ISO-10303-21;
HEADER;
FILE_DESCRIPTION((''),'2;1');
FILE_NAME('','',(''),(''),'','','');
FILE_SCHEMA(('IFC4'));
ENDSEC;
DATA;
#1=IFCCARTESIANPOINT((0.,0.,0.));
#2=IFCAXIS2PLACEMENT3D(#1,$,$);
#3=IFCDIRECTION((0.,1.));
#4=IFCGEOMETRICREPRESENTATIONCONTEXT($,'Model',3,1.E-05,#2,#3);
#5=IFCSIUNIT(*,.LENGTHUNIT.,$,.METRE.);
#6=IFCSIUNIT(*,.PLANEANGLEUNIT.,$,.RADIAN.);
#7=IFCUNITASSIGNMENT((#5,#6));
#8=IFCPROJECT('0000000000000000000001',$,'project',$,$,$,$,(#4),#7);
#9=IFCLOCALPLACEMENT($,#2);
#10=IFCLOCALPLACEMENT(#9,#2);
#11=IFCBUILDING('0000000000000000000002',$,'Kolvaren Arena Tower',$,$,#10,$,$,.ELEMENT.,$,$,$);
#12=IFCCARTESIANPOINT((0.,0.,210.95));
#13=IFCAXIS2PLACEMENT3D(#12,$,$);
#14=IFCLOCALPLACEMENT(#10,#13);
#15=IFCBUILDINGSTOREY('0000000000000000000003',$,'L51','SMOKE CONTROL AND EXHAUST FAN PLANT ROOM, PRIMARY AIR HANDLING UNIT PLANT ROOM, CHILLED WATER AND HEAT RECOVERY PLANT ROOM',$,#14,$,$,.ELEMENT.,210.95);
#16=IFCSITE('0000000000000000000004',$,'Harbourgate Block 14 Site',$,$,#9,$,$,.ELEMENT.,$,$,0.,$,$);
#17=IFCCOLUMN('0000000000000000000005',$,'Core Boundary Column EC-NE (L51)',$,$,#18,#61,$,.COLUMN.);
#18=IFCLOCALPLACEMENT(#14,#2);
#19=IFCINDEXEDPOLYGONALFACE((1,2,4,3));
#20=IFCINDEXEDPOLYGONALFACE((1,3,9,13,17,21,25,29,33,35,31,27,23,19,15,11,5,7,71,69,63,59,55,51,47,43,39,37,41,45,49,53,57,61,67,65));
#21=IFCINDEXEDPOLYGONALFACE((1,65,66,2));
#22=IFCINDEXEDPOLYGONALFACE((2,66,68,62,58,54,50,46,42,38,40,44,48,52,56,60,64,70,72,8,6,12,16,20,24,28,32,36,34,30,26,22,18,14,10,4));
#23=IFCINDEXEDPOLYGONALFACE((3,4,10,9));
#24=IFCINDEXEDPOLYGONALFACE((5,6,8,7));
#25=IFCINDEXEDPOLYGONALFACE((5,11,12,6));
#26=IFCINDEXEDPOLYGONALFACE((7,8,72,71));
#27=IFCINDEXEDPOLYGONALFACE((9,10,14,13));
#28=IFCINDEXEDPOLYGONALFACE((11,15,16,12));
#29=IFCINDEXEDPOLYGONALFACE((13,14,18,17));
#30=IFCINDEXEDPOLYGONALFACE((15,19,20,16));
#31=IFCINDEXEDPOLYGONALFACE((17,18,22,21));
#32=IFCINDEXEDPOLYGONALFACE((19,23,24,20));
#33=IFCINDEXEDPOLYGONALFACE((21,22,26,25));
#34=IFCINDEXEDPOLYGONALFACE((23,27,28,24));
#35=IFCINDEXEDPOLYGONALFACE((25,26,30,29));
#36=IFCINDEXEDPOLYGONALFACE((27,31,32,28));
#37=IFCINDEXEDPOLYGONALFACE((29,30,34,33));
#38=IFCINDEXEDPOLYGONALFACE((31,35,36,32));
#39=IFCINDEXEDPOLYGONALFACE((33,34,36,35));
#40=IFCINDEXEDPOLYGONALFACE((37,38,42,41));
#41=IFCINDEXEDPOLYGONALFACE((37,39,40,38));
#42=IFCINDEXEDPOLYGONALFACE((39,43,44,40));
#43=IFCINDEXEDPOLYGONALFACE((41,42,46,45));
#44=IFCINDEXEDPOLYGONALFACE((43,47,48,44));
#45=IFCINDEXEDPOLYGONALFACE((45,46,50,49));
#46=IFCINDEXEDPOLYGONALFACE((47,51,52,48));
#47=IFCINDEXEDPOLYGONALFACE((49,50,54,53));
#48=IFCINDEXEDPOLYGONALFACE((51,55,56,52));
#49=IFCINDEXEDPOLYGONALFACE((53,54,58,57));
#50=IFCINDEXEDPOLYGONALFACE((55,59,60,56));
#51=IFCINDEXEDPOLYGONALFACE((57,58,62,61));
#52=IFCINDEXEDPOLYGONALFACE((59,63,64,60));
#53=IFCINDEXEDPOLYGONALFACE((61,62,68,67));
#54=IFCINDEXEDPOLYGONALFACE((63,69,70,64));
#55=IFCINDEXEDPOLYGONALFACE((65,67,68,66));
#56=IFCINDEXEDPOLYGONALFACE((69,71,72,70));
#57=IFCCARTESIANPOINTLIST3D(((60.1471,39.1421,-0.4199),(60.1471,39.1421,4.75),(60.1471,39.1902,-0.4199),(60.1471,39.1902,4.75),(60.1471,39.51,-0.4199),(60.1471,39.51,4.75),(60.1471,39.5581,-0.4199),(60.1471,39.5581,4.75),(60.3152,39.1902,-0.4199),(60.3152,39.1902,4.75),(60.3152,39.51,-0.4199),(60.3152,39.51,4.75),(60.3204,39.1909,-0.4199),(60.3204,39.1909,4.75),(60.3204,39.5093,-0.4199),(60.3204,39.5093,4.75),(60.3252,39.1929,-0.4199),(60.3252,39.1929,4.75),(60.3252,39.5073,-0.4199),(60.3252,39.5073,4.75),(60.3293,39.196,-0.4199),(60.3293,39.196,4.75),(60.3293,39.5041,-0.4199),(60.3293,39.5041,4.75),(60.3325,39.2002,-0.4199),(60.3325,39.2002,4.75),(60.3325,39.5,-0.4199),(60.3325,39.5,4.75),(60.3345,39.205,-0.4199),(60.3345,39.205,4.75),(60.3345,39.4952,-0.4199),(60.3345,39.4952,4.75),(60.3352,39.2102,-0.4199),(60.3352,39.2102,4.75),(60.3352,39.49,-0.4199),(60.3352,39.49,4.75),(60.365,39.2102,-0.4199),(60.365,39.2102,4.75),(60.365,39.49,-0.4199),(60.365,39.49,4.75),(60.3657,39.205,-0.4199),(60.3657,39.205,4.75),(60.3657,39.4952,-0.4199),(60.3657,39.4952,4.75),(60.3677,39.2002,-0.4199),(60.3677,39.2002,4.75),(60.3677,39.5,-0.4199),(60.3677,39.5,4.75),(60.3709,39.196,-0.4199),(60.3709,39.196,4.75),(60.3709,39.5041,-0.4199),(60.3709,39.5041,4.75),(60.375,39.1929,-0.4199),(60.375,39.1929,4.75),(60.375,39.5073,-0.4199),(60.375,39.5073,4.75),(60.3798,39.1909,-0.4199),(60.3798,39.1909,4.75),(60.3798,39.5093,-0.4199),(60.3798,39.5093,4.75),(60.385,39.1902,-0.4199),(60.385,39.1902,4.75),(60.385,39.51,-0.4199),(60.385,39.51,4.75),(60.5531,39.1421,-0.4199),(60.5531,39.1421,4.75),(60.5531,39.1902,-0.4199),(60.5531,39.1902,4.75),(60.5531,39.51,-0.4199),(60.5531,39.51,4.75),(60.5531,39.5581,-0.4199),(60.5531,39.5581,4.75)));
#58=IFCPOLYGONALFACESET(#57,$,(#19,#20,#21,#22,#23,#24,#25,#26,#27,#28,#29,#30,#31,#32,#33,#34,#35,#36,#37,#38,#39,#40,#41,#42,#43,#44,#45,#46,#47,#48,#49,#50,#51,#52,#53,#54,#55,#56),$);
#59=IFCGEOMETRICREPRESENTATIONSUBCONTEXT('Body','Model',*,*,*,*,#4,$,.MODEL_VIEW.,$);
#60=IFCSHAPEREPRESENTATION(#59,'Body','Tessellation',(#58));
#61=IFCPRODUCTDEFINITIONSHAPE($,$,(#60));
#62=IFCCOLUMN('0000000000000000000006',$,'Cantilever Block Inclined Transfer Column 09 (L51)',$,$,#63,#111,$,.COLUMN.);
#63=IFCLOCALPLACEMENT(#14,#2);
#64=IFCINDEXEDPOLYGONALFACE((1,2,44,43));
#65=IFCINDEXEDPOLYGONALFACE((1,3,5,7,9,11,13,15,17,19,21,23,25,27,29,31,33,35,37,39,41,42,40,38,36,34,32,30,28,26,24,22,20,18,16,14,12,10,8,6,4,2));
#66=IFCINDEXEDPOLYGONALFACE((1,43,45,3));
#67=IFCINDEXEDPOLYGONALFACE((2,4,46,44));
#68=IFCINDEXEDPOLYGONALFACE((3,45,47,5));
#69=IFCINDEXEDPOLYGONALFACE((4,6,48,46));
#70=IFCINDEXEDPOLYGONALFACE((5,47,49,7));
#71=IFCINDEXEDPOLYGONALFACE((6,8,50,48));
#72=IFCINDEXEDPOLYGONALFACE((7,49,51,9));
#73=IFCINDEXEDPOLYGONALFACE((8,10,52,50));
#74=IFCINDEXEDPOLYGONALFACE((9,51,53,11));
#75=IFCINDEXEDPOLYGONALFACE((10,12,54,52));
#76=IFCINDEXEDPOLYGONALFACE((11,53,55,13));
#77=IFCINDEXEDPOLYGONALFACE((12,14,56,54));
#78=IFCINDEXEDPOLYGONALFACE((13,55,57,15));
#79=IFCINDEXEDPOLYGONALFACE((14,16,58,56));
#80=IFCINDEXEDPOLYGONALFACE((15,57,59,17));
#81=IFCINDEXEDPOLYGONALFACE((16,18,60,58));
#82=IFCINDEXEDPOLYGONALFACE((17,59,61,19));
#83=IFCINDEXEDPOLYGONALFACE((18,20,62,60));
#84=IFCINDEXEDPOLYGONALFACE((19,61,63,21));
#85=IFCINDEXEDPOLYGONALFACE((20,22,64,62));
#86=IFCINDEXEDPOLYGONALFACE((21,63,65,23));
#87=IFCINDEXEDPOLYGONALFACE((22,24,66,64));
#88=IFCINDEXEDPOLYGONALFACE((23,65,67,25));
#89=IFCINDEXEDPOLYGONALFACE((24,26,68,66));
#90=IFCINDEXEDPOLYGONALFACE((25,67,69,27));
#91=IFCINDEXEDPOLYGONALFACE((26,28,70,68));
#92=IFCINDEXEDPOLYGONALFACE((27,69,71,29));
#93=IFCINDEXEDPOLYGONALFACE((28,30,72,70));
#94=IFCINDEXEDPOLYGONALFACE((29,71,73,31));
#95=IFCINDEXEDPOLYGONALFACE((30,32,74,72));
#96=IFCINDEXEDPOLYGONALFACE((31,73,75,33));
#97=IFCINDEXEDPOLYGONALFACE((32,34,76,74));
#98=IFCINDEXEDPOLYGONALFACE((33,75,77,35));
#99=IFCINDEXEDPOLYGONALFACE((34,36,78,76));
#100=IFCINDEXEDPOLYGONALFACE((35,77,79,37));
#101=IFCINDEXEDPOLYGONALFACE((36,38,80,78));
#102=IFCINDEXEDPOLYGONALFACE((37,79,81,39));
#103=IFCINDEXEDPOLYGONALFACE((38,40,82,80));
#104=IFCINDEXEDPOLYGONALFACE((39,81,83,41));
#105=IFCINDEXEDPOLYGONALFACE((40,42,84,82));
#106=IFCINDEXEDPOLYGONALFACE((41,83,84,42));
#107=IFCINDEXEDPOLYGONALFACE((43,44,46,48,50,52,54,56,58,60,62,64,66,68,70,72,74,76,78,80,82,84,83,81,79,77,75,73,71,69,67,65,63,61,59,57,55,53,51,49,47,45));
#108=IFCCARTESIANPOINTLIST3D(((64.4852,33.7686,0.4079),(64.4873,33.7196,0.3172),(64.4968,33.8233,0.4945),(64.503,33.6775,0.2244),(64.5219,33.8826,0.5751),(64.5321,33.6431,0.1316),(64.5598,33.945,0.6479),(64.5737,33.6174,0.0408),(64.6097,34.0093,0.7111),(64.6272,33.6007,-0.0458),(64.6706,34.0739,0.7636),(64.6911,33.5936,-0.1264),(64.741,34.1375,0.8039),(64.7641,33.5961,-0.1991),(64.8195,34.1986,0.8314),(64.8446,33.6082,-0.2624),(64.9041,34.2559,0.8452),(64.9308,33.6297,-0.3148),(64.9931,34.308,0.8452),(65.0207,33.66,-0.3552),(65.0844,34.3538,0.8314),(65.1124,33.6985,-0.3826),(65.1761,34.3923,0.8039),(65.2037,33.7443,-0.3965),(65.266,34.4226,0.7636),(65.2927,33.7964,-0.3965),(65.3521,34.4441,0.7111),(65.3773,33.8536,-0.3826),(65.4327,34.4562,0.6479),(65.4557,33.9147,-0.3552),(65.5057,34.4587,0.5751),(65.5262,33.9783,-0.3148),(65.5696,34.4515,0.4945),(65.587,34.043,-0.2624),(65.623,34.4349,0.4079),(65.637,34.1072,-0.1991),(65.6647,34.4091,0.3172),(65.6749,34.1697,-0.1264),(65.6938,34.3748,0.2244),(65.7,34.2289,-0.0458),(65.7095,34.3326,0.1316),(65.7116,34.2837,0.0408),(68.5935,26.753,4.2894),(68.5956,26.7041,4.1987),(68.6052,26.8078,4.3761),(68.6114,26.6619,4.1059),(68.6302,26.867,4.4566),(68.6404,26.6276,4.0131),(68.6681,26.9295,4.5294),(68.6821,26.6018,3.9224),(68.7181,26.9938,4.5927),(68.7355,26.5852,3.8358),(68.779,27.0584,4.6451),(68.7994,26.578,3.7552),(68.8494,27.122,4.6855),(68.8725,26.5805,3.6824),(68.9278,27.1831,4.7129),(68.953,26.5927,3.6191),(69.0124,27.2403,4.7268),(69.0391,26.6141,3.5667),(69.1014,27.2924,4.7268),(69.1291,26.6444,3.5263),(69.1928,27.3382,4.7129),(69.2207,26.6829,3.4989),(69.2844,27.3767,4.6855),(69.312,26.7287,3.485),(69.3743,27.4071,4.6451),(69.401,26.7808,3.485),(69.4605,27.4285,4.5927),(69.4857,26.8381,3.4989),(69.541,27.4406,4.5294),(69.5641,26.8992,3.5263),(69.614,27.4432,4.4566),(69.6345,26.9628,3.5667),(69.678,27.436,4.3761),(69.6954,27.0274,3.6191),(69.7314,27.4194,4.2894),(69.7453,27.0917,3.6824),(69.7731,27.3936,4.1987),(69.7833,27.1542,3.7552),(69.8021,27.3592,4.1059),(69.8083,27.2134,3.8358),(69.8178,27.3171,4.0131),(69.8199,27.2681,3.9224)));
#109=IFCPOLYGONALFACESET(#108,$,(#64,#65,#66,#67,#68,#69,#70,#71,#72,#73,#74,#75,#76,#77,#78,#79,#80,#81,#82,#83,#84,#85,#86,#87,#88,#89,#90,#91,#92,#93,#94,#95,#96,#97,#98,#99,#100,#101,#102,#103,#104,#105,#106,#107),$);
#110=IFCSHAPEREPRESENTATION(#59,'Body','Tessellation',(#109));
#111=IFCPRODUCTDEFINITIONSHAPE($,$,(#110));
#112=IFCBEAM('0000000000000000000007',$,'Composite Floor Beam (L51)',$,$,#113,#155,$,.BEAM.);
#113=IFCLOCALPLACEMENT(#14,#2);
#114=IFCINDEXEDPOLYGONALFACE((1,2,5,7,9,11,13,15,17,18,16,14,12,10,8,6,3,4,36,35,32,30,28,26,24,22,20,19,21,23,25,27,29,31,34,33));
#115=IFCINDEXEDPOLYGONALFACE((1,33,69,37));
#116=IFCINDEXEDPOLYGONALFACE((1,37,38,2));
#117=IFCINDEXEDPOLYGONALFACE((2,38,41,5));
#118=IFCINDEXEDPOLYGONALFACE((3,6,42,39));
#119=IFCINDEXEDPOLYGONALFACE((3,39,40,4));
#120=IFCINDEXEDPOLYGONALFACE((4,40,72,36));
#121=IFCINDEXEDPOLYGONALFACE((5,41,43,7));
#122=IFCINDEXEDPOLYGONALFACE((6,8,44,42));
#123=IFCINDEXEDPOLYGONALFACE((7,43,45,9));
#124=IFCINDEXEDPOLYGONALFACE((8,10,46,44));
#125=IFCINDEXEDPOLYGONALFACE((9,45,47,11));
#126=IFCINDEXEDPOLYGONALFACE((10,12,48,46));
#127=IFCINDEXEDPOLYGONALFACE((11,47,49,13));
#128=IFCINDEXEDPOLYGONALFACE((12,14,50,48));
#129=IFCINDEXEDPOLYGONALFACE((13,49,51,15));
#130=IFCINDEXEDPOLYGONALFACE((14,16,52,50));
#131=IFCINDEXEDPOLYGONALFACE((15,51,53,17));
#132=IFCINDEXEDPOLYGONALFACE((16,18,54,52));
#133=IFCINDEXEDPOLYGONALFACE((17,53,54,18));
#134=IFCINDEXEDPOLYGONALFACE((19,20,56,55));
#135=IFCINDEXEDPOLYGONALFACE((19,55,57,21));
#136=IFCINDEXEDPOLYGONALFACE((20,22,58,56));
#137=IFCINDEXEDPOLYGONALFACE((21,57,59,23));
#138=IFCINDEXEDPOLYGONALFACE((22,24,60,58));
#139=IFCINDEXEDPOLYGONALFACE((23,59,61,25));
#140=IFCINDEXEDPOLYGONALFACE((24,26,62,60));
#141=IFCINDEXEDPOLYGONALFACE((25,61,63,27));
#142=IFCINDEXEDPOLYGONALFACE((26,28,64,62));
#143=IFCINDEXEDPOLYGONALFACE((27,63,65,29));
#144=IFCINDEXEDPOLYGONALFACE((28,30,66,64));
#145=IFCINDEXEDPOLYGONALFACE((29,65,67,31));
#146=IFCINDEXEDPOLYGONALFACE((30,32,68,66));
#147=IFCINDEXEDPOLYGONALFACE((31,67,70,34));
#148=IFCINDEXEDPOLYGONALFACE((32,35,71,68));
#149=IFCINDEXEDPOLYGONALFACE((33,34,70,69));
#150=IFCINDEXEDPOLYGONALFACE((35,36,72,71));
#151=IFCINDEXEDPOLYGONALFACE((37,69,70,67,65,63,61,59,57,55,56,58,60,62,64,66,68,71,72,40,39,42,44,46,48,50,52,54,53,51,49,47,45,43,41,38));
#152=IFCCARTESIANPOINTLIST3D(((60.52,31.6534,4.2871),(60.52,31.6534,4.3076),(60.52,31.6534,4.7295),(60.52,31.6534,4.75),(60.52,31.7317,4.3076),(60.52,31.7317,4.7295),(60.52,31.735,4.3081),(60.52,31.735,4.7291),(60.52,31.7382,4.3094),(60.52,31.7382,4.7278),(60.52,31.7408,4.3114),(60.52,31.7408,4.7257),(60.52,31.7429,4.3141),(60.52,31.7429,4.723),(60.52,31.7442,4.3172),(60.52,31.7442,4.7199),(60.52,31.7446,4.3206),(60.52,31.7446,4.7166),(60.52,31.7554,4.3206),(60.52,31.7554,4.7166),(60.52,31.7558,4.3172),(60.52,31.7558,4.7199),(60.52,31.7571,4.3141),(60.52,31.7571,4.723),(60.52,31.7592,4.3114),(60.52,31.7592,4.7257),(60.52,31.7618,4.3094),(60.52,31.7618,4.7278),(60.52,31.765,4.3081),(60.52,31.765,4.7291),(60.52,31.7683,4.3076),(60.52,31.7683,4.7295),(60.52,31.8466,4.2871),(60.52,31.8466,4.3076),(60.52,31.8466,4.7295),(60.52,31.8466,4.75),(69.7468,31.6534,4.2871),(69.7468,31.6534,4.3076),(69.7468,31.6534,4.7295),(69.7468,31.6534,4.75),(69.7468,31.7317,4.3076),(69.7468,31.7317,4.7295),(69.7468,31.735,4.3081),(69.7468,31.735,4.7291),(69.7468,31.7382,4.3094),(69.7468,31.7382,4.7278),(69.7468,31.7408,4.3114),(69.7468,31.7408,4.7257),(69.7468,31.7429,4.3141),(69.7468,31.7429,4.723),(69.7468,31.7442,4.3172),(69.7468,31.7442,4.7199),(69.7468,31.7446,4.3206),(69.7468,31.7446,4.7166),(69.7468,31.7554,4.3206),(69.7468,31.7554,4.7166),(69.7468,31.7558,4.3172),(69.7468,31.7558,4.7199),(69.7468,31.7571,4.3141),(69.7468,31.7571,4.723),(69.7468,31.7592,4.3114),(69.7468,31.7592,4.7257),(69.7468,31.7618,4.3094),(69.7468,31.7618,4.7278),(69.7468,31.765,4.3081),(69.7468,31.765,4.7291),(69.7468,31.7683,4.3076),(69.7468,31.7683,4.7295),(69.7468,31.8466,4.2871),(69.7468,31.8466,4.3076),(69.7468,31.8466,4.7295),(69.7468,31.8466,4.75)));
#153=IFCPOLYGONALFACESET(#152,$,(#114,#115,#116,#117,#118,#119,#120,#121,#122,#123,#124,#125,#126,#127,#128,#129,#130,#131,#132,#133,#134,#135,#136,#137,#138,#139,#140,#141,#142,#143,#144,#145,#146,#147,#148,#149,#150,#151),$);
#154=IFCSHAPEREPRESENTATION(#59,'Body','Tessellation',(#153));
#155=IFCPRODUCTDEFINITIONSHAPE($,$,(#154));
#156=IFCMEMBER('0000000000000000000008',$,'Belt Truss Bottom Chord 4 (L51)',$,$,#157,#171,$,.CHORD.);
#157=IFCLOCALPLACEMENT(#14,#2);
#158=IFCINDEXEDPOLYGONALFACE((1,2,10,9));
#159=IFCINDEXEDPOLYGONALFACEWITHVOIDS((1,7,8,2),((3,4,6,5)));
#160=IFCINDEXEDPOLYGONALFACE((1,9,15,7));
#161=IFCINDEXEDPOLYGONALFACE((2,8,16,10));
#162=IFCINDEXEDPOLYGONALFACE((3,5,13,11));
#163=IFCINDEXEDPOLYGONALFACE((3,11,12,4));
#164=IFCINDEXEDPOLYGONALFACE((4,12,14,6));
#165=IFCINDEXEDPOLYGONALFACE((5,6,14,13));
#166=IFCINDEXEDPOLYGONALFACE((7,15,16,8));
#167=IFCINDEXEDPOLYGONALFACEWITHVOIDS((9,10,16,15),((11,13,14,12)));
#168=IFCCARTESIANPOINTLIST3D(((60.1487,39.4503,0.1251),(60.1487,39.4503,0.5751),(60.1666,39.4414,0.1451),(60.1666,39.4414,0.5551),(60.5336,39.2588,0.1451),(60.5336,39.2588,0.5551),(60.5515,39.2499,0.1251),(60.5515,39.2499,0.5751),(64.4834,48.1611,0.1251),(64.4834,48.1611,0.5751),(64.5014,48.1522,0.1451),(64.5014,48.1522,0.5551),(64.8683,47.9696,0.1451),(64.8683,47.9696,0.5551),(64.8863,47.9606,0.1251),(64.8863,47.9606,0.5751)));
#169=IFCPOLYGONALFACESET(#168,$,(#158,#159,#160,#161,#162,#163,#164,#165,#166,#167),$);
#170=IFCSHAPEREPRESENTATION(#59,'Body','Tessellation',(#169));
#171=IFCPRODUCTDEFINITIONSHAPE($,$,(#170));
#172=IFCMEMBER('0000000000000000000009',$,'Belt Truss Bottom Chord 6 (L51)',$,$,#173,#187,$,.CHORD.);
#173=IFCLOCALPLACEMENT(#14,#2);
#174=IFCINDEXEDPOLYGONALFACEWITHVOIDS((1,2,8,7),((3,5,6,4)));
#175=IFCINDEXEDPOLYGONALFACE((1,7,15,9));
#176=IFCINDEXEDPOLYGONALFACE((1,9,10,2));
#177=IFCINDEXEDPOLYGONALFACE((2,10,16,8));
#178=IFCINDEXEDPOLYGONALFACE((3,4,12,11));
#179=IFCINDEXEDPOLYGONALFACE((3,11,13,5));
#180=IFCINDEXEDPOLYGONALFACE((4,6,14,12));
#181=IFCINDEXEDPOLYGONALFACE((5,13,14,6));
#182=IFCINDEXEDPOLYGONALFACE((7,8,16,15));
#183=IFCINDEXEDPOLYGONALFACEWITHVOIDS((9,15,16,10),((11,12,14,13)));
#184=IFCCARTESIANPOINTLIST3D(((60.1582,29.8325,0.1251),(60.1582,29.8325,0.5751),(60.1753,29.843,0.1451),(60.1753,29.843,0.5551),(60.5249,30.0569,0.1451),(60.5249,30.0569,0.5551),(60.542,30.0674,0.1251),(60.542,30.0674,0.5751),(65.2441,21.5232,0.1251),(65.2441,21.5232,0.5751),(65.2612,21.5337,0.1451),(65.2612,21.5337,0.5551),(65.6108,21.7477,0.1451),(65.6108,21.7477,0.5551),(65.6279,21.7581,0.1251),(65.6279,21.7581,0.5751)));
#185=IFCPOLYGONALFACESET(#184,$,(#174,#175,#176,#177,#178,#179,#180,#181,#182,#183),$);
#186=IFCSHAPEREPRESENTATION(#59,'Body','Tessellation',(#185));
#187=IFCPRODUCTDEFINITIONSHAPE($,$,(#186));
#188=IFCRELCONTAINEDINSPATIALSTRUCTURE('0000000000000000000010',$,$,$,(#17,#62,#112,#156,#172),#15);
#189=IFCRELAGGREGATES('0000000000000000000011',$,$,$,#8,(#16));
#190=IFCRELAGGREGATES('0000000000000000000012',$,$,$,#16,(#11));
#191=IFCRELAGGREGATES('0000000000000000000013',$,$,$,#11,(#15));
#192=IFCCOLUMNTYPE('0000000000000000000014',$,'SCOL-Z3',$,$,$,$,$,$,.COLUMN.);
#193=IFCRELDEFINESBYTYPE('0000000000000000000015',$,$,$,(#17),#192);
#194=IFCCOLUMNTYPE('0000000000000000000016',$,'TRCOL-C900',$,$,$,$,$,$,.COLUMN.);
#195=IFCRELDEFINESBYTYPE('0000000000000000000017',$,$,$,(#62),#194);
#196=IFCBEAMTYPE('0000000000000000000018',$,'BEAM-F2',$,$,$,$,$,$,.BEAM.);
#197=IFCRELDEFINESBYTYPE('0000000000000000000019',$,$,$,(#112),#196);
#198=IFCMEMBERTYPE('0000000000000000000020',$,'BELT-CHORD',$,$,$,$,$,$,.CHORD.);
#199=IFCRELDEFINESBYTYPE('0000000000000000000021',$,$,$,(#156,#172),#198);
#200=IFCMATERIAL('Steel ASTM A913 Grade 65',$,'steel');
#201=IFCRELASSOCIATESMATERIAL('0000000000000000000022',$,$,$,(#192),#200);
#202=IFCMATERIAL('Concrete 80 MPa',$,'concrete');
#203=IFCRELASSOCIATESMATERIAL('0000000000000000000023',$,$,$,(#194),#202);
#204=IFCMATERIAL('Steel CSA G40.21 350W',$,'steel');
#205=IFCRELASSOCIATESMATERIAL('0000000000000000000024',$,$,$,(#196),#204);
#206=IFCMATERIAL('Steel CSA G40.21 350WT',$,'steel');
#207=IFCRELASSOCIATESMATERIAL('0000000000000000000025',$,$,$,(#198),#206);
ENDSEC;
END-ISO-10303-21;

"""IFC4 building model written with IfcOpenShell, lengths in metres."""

from ifc_helpers import new_model, si_unit, direction, frame, origin, origin_2d, place, context, subcontext, project, spatial, hollow_rectangle, circle, i_section, extrude, material, material_profile, profile_set, type_object, element, save


model = new_model("IFC4")

# Units and contexts
model_context = context("Model", 3, precision=1e-05, world=origin(), true_north=direction((0.0, 1.0)))
body_context = subcontext(model_context, "Body", "Model", "MODEL_VIEW")
ifc_project = project(units=[si_unit("LENGTHUNIT", "METRE"), si_unit("PLANEANGLEUNIT", "RADIAN")], contexts=[model_context])

# Site, building, storey
site_placement = place(None, origin())
site = spatial("IfcSite", under=ifc_project, at=site_placement, Name="Harbourgate Block 14 Site", CompositionType="ELEMENT", RefElevation=0.0)
building_placement = place(site_placement, origin())
building = spatial("IfcBuilding", under=site, at=building_placement, Name="Kolvaren Arena Tower", CompositionType="ELEMENT")
storey_placement = place(building_placement, frame((0.0, 0.0, 210.95)))
storey = spatial("IfcBuildingStorey", under=building, at=storey_placement, Name="L51", Description="SMOKE CONTROL AND EXHAUST FAN PLANT ROOM, PRIMARY AIR HANDLING UNIT PLANT ROOM, CHILLED WATER AND HEAT RECOVERY PLANT ROOM", CompositionType="ELEMENT", Elevation=210.95)

# Columns
ifc_material_1 = material(Name="Steel ASTM A913 Grade 65", Category="steel")
ifc_material_profile_1 = material_profile(ifc_material_1, i_section(OverallWidth=0.406, OverallDepth=0.416, WebThickness=0.0298, FlangeThickness=0.0481, FilletRadius=0.02, at=origin_2d()), Name="W360x382")
ifc_profile_set_1 = profile_set([ifc_material_profile_1], Name="Steel ASTM A913 Grade 65")
column_type_1 = type_object("IfcColumnType", Name="SCOL-Z3", PredefinedType="COLUMN", material=ifc_profile_set_1)
column_1_placement = place(storey_placement, frame((60.3501, 39.3501, -0.4199), z_axis=(0.0, 0.0, 1.0), x_axis=(1.0, 0.0, 0.0)))
element("IfcColumn", 1, at=column_1_placement, inside=storey, type_object=column_type_1, Name="Core Boundary Column EC-NE (L51)", PredefinedType="COLUMN", context=body_context, shape_type="SweptSolid", body=[
    extrude(i_section(OverallWidth=0.406, OverallDepth=0.416, WebThickness=0.0298, FlangeThickness=0.0481, FilletRadius=0.02, at=origin_2d()), origin(), (0.0, 0.0, 1.0), 5.1699),
])
ifc_material_2 = material(Name="Concrete 80 MPa", Category="concrete")
ifc_material_profile_2 = material_profile(ifc_material_2, circle(Radius=0.6899, at=origin_2d()), Name="RC-CIRC-1380")
ifc_profile_set_2 = profile_set([ifc_material_profile_2], Name="Concrete 80 MPa")
column_type_2 = type_object("IfcColumnType", Name="TRCOL-C900", PredefinedType="COLUMN", material=ifc_profile_set_2)
column_2_placement = place(storey_placement, frame((65.0984, 34.0261, 0.2244), z_axis=(0.456025, -0.778723, 0.43085), x_axis=(0.862924, 0.505334, 0.0)))
element("IfcColumn", 2, at=column_2_placement, inside=storey, type_object=column_type_2, Name="Cantilever Block Inclined Transfer Column 09 (L51)", PredefinedType="COLUMN", context=body_context, shape_type="SweptSolid", body=[
    extrude(circle(Radius=0.6899, at=origin_2d()), origin(), (0.0, 0.0, 1.0), 9.009),
])

# Beam
ifc_material_3 = material(Name="Steel CSA G40.21 350W", Category="steel")
ifc_material_profile_3 = material_profile(ifc_material_3, i_section(OverallWidth=0.1931, OverallDepth=0.4629, WebThickness=0.0107, FlangeThickness=0.0205, FilletRadius=0.0129, at=origin_2d()), Name="W460x113")
ifc_profile_set_3 = profile_set([ifc_material_profile_3], Name="Steel CSA G40.21 350W")
beam_type_1 = type_object("IfcBeamType", Name="BEAM-F2", PredefinedType="BEAM", material=ifc_profile_set_3)
beam_1_placement = place(storey_placement, frame((60.52, 31.75, 4.5186), z_axis=(1.0, 0.0, 0.0), x_axis=(0.0, 1.0, 0.0)))
element("IfcBeam", 3, at=beam_1_placement, inside=storey, type_object=beam_type_1, Name="Composite Floor Beam (L51)", PredefinedType="BEAM", context=body_context, shape_type="SweptSolid", body=[
    extrude(i_section(OverallWidth=0.1931, OverallDepth=0.4629, WebThickness=0.0107, FlangeThickness=0.0205, FilletRadius=0.0129, at=origin_2d()), origin(), (0.0, 0.0, 1.0), 9.2268),
])

# Members
ifc_material_4 = material(Name="Steel CSA G40.21 350WT", Category="steel")
ifc_material_profile_4 = material_profile(ifc_material_4, hollow_rectangle(XDim=0.45, YDim=0.45, WallThickness=0.02, at=origin_2d()), Name="HSS 450x450x20")
ifc_profile_set_4 = profile_set([ifc_material_profile_4], Name="Steel CSA G40.21 350WT")
member_type_1 = type_object("IfcMemberType", Name="BELT-CHORD", PredefinedType="CHORD", material=ifc_profile_set_4)
member_1_placement = place(storey_placement, frame((60.3501, 39.3501, 0.3501), z_axis=(0.445517, 0.895274, 0.0), x_axis=(-0.895274, 0.445517, 0.0)))
element("IfcMember", 4, at=member_1_placement, inside=storey, type_object=member_type_1, Name="Belt Truss Bottom Chord 4 (L51)", PredefinedType="CHORD", context=body_context, shape_type="SweptSolid", body=[
    extrude(hollow_rectangle(XDim=0.45, YDim=0.45, WallThickness=0.02, at=origin_2d()), origin(), (0.0, 0.0, 1.0), 9.7297),
])
member_2_placement = place(storey_placement, frame((60.3501, 29.95, 0.3501), z_axis=(0.522049, -0.852916, 0.0), x_axis=(0.852916, 0.522049, 0.0)))
element("IfcMember", 5, at=member_2_placement, inside=storey, type_object=member_type_1, Name="Belt Truss Bottom Chord 6 (L51)", PredefinedType="CHORD", context=body_context, shape_type="SweptSolid", body=[
    extrude(hollow_rectangle(XDim=0.45, YDim=0.45, WallThickness=0.02, at=origin_2d()), origin(), (0.0, 0.0, 1.0), 9.7422),
])

save(model, "model.ifc")
